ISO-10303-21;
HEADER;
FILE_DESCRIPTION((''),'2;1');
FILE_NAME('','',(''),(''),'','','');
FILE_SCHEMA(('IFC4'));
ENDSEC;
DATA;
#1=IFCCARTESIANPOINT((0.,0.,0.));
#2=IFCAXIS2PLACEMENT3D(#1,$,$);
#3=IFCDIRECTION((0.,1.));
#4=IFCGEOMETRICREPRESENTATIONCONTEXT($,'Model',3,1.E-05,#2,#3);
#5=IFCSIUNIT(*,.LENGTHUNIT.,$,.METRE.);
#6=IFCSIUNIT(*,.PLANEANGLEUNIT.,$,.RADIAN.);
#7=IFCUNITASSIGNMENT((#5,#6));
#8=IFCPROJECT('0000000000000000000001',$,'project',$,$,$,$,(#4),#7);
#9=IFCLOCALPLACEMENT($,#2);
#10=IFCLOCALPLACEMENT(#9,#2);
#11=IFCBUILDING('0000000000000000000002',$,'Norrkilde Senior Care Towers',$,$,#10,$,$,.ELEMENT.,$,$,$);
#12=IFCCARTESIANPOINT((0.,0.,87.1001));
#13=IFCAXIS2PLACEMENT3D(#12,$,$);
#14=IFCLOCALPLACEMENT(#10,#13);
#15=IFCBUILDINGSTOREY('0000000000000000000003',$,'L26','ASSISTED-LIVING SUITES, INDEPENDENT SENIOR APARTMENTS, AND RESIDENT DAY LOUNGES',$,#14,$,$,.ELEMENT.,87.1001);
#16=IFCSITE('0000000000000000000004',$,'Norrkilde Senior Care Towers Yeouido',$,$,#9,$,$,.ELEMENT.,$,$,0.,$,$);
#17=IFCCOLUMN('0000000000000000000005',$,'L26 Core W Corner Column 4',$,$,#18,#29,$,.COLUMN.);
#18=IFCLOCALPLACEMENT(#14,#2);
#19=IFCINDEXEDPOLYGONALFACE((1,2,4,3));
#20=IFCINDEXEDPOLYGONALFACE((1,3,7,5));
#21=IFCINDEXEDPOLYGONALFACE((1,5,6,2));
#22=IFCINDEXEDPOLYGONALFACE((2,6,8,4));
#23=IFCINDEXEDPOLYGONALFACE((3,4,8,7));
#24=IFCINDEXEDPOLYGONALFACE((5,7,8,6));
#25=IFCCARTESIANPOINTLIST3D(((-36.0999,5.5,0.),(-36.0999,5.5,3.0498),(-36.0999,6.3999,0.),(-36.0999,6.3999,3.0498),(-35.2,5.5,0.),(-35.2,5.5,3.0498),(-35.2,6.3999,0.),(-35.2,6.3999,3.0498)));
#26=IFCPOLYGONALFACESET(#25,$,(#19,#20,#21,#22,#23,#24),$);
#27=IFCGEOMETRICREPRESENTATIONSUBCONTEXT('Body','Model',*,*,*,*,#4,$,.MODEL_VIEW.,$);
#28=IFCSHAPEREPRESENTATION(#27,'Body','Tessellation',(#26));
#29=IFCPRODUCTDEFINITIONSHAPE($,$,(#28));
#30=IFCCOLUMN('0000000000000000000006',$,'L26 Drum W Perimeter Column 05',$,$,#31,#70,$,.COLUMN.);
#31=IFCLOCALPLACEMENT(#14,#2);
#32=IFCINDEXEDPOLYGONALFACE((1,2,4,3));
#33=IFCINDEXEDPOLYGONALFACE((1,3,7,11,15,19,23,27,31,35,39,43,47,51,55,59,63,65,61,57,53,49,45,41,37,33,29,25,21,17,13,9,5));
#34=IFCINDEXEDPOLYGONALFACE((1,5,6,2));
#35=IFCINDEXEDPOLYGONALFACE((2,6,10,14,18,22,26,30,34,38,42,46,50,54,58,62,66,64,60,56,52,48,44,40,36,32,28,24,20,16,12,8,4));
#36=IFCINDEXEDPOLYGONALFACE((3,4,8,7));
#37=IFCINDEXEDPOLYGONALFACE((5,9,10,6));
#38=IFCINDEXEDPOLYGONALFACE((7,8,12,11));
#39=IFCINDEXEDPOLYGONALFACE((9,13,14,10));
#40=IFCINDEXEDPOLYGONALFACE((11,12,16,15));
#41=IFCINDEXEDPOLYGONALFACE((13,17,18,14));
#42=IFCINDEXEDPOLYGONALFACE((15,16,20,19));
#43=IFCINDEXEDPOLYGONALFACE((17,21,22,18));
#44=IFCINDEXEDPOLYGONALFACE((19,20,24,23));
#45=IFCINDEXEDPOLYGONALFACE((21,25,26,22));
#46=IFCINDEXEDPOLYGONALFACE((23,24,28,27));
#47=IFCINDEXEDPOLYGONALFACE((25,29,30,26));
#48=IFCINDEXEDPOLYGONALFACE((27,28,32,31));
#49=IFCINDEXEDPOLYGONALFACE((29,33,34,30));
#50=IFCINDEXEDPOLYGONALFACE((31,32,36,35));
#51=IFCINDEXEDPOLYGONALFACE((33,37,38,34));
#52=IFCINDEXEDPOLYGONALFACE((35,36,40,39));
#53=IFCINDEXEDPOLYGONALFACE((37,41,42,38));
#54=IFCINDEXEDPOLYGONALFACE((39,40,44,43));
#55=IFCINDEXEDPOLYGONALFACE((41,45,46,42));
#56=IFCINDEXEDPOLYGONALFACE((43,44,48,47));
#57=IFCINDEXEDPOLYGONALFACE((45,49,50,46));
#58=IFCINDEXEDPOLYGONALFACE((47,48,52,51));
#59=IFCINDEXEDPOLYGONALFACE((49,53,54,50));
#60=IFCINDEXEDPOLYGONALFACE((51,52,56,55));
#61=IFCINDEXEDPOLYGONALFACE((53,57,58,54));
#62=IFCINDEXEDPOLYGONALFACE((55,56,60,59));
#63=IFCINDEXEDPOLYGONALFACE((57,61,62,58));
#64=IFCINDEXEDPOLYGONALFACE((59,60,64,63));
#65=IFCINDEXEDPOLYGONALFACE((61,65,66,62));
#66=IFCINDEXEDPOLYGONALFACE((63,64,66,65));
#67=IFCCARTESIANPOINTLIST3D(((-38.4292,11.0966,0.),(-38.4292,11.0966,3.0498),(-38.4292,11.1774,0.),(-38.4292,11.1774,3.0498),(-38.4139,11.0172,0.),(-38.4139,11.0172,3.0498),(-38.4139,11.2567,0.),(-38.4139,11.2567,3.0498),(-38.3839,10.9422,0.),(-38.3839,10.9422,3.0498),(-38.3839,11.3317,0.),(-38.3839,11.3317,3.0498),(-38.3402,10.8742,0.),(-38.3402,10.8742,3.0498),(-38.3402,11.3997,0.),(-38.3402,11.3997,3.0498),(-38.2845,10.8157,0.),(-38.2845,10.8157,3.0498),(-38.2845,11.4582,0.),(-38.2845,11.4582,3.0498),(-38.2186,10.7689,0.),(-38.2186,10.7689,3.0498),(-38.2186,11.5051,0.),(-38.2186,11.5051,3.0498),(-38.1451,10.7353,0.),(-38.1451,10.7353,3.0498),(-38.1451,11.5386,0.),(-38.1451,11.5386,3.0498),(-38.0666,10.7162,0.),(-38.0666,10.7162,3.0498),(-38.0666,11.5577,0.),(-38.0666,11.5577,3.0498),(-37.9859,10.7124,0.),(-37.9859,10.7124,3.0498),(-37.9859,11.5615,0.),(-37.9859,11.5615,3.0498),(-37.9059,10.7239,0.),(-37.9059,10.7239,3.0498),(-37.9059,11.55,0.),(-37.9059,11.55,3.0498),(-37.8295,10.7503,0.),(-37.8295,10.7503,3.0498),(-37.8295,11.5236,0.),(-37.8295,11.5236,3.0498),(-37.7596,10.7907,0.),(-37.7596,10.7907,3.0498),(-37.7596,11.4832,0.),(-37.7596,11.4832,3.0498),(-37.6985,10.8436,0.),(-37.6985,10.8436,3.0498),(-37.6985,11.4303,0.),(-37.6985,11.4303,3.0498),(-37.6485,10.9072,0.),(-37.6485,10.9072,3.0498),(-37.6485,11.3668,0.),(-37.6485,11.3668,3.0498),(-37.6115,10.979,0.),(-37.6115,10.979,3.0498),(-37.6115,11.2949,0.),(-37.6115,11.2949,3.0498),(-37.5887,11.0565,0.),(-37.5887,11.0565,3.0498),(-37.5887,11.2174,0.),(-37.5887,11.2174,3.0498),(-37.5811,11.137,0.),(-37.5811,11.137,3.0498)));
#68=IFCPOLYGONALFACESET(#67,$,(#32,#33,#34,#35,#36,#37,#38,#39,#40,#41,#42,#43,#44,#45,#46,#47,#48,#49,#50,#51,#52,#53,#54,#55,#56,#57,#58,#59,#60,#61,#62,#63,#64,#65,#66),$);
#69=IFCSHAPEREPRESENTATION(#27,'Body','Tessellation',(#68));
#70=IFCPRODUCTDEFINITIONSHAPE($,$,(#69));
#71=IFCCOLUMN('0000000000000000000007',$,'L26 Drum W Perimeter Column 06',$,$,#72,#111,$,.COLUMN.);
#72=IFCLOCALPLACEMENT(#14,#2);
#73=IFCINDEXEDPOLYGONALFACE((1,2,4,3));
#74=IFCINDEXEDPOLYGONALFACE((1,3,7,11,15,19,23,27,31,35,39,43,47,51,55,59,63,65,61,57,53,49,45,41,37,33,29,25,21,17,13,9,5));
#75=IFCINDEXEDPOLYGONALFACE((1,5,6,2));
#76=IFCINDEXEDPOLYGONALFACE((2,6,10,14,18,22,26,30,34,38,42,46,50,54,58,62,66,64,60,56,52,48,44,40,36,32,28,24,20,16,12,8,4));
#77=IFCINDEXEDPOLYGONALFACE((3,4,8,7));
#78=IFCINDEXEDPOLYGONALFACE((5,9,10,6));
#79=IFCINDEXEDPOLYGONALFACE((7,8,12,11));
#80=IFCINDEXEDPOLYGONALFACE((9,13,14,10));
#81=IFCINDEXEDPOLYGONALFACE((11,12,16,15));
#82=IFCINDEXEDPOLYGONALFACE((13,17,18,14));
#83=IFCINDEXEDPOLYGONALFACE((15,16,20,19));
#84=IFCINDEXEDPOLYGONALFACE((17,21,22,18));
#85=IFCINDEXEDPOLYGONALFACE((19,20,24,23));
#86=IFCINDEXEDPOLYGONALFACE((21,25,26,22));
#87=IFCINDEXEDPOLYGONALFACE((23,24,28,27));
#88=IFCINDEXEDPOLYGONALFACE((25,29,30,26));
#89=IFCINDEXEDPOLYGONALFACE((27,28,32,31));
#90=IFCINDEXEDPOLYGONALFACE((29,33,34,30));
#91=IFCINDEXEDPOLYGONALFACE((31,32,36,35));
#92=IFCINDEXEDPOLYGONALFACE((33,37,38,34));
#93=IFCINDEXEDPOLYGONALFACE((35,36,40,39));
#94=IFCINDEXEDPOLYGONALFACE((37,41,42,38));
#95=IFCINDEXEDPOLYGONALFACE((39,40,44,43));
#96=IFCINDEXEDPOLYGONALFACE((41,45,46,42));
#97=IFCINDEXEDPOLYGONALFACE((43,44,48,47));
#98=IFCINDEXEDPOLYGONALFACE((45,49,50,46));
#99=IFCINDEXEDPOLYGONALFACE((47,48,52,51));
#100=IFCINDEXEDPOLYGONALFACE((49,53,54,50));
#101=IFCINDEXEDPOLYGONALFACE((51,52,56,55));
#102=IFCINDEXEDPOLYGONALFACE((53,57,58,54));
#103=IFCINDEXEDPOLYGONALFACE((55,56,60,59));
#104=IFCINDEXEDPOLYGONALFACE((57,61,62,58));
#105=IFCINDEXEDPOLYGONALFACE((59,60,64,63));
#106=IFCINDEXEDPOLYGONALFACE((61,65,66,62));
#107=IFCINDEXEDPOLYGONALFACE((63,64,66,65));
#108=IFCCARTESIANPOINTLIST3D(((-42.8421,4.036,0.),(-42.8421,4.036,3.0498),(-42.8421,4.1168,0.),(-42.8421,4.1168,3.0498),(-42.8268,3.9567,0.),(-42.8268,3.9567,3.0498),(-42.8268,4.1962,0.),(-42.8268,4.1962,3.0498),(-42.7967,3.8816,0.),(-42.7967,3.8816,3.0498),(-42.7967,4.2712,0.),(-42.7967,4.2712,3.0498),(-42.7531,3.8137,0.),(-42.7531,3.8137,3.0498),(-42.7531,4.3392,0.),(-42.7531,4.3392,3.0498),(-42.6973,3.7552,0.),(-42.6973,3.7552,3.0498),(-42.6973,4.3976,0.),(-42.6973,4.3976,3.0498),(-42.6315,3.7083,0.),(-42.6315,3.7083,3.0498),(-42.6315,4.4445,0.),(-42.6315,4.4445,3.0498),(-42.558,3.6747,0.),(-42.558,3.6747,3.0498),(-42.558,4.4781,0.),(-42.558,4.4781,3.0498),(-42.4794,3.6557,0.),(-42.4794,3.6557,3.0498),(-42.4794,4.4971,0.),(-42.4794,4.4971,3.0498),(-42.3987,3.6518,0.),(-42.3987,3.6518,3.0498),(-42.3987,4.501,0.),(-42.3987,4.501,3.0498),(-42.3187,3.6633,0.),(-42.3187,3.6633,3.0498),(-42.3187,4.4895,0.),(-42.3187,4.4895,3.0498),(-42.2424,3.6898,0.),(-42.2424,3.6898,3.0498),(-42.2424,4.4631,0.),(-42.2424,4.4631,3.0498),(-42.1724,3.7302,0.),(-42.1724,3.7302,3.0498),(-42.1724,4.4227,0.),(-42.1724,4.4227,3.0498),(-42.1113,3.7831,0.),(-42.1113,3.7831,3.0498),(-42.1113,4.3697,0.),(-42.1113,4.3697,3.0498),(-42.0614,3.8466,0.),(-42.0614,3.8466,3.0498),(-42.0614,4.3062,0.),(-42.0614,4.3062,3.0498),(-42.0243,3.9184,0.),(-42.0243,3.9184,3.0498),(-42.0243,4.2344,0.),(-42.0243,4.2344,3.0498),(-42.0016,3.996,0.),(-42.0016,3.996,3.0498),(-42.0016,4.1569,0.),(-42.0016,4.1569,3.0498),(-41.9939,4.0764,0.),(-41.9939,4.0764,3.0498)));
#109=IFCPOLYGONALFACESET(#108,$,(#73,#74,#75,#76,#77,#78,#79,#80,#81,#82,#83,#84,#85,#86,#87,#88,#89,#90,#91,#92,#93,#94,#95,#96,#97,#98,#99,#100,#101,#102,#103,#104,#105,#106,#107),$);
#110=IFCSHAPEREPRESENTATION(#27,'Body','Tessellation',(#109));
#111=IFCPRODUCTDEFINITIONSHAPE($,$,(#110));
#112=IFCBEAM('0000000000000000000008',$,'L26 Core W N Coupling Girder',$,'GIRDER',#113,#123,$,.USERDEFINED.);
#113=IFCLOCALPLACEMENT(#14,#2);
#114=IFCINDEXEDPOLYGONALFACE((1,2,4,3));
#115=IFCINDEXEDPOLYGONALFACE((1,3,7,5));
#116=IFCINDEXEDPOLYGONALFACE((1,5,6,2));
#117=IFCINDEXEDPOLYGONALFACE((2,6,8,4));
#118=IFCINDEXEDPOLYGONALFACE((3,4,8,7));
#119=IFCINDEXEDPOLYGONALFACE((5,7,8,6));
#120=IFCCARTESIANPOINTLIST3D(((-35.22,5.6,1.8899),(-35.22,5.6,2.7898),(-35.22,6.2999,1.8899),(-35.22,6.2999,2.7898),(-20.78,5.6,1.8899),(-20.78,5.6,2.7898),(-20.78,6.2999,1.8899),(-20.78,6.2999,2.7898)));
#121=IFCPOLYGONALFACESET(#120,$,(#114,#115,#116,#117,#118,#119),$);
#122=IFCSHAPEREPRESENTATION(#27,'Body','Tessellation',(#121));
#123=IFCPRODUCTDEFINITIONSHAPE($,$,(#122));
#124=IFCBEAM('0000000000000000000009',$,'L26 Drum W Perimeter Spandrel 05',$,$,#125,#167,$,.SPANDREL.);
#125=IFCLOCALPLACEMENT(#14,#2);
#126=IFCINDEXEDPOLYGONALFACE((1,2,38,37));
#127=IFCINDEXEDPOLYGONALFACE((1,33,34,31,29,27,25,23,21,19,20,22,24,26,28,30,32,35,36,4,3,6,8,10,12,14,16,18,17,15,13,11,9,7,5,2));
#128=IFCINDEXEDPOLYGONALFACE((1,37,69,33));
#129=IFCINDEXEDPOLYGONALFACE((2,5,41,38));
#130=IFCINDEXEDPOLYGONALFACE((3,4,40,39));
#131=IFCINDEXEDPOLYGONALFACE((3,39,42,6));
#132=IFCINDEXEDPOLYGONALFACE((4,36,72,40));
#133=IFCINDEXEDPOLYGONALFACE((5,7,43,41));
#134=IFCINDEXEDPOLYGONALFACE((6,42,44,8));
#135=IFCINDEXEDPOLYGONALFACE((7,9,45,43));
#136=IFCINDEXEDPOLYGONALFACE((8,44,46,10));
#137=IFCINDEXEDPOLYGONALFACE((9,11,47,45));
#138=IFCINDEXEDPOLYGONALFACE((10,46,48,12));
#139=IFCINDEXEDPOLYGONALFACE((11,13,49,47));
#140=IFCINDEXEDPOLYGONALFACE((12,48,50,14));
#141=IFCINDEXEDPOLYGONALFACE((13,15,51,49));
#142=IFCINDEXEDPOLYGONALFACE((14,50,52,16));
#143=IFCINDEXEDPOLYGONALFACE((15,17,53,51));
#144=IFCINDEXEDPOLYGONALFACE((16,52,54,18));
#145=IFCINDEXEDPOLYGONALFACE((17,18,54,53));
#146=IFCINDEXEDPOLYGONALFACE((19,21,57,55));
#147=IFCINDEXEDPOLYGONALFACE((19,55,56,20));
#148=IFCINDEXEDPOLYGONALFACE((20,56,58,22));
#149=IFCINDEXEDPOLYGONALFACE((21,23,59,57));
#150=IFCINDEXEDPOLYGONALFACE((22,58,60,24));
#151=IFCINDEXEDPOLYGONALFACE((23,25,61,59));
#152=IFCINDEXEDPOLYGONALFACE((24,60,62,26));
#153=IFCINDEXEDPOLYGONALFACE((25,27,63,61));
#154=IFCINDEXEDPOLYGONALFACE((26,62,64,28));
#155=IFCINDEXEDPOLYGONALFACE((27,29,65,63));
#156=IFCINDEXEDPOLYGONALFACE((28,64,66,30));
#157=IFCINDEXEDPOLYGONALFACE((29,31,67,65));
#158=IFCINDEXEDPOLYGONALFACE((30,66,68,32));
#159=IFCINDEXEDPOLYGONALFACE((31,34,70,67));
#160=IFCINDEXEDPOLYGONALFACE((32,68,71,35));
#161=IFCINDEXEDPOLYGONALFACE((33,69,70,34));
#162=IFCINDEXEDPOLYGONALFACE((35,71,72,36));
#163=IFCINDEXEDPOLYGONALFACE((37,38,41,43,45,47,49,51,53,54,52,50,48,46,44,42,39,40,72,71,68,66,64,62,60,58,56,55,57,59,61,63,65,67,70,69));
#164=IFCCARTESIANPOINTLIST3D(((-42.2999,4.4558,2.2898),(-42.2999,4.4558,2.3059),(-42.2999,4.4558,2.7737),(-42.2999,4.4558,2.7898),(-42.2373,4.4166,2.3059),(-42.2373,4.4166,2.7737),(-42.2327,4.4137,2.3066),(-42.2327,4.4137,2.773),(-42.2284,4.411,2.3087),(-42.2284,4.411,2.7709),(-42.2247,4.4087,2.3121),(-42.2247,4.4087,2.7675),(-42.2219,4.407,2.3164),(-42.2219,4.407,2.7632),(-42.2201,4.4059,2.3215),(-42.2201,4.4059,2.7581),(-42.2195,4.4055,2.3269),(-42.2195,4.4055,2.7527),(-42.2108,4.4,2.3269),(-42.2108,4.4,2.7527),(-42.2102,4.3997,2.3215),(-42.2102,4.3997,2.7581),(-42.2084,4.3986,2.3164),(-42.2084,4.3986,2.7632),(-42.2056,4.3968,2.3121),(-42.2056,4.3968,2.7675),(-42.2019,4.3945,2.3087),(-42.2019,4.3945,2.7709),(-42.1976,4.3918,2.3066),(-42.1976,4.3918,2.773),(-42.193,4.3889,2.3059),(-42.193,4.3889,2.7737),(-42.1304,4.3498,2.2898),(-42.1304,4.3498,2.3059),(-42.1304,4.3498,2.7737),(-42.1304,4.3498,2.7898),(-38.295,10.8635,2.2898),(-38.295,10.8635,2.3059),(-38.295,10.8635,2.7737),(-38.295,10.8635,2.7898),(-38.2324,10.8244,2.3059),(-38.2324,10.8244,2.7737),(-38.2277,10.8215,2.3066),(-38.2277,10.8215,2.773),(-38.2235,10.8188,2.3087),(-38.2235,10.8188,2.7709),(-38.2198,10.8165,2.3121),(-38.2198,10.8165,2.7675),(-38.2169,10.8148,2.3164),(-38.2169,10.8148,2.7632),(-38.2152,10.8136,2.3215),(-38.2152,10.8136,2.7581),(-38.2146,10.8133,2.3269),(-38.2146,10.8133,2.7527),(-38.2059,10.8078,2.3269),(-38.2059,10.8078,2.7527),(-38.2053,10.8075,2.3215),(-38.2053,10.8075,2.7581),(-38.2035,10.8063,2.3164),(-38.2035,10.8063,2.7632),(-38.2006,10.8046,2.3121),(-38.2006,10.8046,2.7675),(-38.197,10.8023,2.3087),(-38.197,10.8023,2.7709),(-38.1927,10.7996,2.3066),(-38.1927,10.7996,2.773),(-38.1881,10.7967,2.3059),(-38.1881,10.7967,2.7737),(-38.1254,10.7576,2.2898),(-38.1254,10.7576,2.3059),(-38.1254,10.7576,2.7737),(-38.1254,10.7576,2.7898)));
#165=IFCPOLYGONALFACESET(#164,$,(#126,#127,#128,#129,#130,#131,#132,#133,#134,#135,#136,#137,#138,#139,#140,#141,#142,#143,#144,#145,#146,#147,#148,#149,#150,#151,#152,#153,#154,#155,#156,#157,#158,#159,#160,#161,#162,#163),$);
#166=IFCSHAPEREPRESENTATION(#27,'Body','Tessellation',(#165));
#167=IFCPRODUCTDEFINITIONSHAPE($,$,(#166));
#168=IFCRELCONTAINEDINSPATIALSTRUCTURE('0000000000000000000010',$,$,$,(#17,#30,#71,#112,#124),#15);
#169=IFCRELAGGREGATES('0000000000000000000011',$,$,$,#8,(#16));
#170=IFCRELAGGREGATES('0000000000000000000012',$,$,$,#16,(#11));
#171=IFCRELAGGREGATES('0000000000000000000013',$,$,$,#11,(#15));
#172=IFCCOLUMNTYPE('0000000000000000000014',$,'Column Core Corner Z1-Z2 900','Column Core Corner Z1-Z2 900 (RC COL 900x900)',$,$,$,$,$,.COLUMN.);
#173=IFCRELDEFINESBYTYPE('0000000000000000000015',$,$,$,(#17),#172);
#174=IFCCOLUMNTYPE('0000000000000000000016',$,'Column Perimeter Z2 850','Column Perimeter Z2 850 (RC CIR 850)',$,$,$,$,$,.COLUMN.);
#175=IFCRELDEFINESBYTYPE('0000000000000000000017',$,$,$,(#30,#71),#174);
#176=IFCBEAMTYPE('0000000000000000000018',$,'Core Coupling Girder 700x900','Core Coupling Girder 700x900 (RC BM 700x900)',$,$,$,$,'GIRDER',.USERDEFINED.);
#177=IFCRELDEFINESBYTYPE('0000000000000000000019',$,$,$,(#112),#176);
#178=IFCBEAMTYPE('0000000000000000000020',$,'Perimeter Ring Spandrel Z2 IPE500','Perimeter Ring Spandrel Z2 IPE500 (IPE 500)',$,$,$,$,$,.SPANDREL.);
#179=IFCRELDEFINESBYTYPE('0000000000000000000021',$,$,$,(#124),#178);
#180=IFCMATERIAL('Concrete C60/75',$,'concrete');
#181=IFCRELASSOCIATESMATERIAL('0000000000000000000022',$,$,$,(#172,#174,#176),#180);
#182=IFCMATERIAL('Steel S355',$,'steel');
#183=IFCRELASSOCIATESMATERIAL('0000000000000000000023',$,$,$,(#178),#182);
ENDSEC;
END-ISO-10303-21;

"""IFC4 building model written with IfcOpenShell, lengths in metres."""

from ifc_helpers import new_model, si_unit, direction, frame, origin, origin_2d, place, context, subcontext, project, spatial, rectangle, circle, i_section, extrude, source, transform, mapped, material, material_profile, profile_set, type_object, type_shapes, element, save


model = new_model("IFC4")

# Units and contexts
model_context = context("Model", 3, precision=1e-05, world=origin(), true_north=direction((0.0, 1.0)))
body_context = subcontext(model_context, "Body", "Model", "MODEL_VIEW")
ifc_project = project(units=[si_unit("LENGTHUNIT", "METRE"), si_unit("PLANEANGLEUNIT", "RADIAN")], contexts=[model_context])

# Site, building, storey
site_placement = place(None, origin())
site = spatial("IfcSite", under=ifc_project, at=site_placement, Name="Norrkilde Senior Care Towers Yeouido", CompositionType="ELEMENT", RefElevation=0.0)
building_placement = place(site_placement, origin())
building = spatial("IfcBuilding", under=site, at=building_placement, Name="Norrkilde Senior Care Towers", CompositionType="ELEMENT")
storey_placement = place(building_placement, frame((0.0, 0.0, 87.1001)))
storey = spatial("IfcBuildingStorey", under=building, at=storey_placement, Name="L26", Description="ASSISTED-LIVING SUITES, INDEPENDENT SENIOR APARTMENTS, AND RESIDENT DAY LOUNGES", CompositionType="ELEMENT", Elevation=87.1001)

# Columns
ifc_material_1 = material(Name="Concrete C60/75", Category="concrete")
ifc_material_profile_1 = material_profile(ifc_material_1, rectangle(XDim=0.8999, YDim=0.8999, at=origin_2d()), Name="RC COL 900x900")
ifc_profile_set_1 = profile_set([ifc_material_profile_1], Name="Concrete C60/75")
column_type_1 = type_object("IfcColumnType", Name="Column Core Corner Z1-Z2 900", Description="Column Core Corner Z1-Z2 900 (RC COL 900x900)", PredefinedType="COLUMN", material=ifc_profile_set_1)
shared_shape_1 = source(origin(), body_context, "Body", "SweptSolid", [
    extrude(rectangle(XDim=0.8999, YDim=0.8999, at=origin_2d()), origin(), (0.0, 0.0, 1.0), 3.0498),
])
type_shapes(column_type_1, [shared_shape_1])
column_placement = place(storey_placement, frame((-35.6499, 5.95, 0.0), z_axis=(0.0, 0.0, 1.0), x_axis=(1.0, 0.0, 0.0)))
element("IfcColumn", 1, at=column_placement, inside=storey, type_object=column_type_1, Name="L26 Core W Corner Column 4", PredefinedType="COLUMN", context=body_context, shape_type="MappedRepresentation", body=[
    mapped(shared_shape_1, transform((0.0, 0.0, 0.0), x_axis=(1.0, 0.0, 0.0), y_axis=(0.0, 1.0, 0.0), z_axis=(0.0, 0.0, 1.0), scale=1.0)),
])
ifc_material_profile_2 = material_profile(ifc_material_1, circle(Radius=0.425, at=origin_2d()), Name="RC CIR 850")
ifc_profile_set_2 = profile_set([ifc_material_profile_2], Name="Concrete C60/75")
column_type_2 = type_object("IfcColumnType", Name="Column Perimeter Z2 850", Description="Column Perimeter Z2 850 (RC CIR 850)", PredefinedType="COLUMN", material=ifc_profile_set_2)
shared_shape_2 = source(origin(), body_context, "Body", "SweptSolid", [
    extrude(circle(Radius=0.425, at=origin_2d()), origin(), (0.0, 0.0, 1.0), 3.0498),
])
type_shapes(column_type_2, [shared_shape_2])
for number, where, z_axis, x_axis, name in (
    (2, (-38.0061, 11.137, 0.0), (0.0, 0.0, 1.0), (1.0, 0.0, 0.0), "L26 Drum W Perimeter Column 05"),
    (3, (-42.4189, 4.0764, 0.0), (0.0, 0.0, 1.0), (1.0, 0.0, 0.0), "L26 Drum W Perimeter Column 06"),
):
    element("IfcColumn", number, at=place(storey_placement, frame(where, z_axis=z_axis, x_axis=x_axis)), inside=storey, type_object=column_type_2, Name=name, PredefinedType="COLUMN", context=body_context, shape_type="MappedRepresentation", body=[
        mapped(shared_shape_2, transform((0.0, 0.0, 0.0), x_axis=(1.0, 0.0, 0.0), y_axis=(0.0, 1.0, 0.0), z_axis=(0.0, 0.0, 1.0), scale=1.0)),
    ])

# Beams
ifc_material_profile_3 = material_profile(ifc_material_1, rectangle(XDim=0.7, YDim=0.8999, at=origin_2d()), Name="RC BM 700x900")
ifc_profile_set_3 = profile_set([ifc_material_profile_3], Name="Concrete C60/75")
beam_type_1 = type_object("IfcBeamType", Name="Core Coupling Girder 700x900", Description="Core Coupling Girder 700x900 (RC BM 700x900)", ElementType="GIRDER", PredefinedType="USERDEFINED", material=ifc_profile_set_3)
shared_shape_3 = source(origin(), body_context, "Body", "SweptSolid", [
    extrude(rectangle(XDim=0.7, YDim=0.8999, at=origin_2d()), origin(), (0.0, 0.0, 1.0), 14.4399),
])
type_shapes(beam_type_1, [shared_shape_3])
beam_1_placement = place(storey_placement, frame((-35.22, 5.95, 2.3398), z_axis=(1.0, 0.0, 0.0), x_axis=(0.0, 1.0, 0.0)))
element("IfcBeam", 4, at=beam_1_placement, inside=storey, type_object=beam_type_1, Name="L26 Core W N Coupling Girder", ObjectType="GIRDER", PredefinedType="USERDEFINED", context=body_context, shape_type="MappedRepresentation", body=[
    mapped(shared_shape_3, transform((0.0, 0.0, 0.0), x_axis=(1.0, 0.0, 0.0), y_axis=(0.0, 1.0, 0.0), z_axis=(0.0, 0.0, 1.0), scale=1.0)),
])
ifc_material_2 = material(Name="Steel S355", Category="steel")
ifc_material_profile_4 = material_profile(ifc_material_2, i_section(OverallWidth=0.2, OverallDepth=0.5, WebThickness=0.0103, FlangeThickness=0.0161, FilletRadius=0.021, at=origin_2d()), Name="IPE 500")
ifc_profile_set_4 = profile_set([ifc_material_profile_4], Name="Steel S355")
beam_type_2 = type_object("IfcBeamType", Name="Perimeter Ring Spandrel Z2 IPE500", Description="Perimeter Ring Spandrel Z2 IPE500 (IPE 500)", PredefinedType="SPANDREL", material=ifc_profile_set_4)
shared_shape_4 = source(origin(), body_context, "Body", "SweptSolid", [
    extrude(i_section(OverallWidth=0.2, OverallDepth=0.5, WebThickness=0.0103, FlangeThickness=0.0161, FilletRadius=0.021, at=origin_2d()), origin(), (0.0, 0.0, 1.0), 7.5564),
])
beam_2_placement = place(storey_placement, frame((-38.2102, 10.8105, 2.5398), z_axis=(-0.530005, -0.847995, 0.0), x_axis=(0.847995, -0.530005, 0.0)))
element("IfcBeam", 5, at=beam_2_placement, inside=storey, type_object=beam_type_2, Name="L26 Drum W Perimeter Spandrel 05", PredefinedType="SPANDREL", context=body_context, shape_type="MappedRepresentation", body=[
    mapped(shared_shape_4, transform((0.0, 0.0, 0.0), x_axis=(1.0, 0.0, 0.0), y_axis=(0.0, 1.0, 0.0), z_axis=(0.0, 0.0, 1.0), scale=1.0)),
])

save(model, "model.ifc")
